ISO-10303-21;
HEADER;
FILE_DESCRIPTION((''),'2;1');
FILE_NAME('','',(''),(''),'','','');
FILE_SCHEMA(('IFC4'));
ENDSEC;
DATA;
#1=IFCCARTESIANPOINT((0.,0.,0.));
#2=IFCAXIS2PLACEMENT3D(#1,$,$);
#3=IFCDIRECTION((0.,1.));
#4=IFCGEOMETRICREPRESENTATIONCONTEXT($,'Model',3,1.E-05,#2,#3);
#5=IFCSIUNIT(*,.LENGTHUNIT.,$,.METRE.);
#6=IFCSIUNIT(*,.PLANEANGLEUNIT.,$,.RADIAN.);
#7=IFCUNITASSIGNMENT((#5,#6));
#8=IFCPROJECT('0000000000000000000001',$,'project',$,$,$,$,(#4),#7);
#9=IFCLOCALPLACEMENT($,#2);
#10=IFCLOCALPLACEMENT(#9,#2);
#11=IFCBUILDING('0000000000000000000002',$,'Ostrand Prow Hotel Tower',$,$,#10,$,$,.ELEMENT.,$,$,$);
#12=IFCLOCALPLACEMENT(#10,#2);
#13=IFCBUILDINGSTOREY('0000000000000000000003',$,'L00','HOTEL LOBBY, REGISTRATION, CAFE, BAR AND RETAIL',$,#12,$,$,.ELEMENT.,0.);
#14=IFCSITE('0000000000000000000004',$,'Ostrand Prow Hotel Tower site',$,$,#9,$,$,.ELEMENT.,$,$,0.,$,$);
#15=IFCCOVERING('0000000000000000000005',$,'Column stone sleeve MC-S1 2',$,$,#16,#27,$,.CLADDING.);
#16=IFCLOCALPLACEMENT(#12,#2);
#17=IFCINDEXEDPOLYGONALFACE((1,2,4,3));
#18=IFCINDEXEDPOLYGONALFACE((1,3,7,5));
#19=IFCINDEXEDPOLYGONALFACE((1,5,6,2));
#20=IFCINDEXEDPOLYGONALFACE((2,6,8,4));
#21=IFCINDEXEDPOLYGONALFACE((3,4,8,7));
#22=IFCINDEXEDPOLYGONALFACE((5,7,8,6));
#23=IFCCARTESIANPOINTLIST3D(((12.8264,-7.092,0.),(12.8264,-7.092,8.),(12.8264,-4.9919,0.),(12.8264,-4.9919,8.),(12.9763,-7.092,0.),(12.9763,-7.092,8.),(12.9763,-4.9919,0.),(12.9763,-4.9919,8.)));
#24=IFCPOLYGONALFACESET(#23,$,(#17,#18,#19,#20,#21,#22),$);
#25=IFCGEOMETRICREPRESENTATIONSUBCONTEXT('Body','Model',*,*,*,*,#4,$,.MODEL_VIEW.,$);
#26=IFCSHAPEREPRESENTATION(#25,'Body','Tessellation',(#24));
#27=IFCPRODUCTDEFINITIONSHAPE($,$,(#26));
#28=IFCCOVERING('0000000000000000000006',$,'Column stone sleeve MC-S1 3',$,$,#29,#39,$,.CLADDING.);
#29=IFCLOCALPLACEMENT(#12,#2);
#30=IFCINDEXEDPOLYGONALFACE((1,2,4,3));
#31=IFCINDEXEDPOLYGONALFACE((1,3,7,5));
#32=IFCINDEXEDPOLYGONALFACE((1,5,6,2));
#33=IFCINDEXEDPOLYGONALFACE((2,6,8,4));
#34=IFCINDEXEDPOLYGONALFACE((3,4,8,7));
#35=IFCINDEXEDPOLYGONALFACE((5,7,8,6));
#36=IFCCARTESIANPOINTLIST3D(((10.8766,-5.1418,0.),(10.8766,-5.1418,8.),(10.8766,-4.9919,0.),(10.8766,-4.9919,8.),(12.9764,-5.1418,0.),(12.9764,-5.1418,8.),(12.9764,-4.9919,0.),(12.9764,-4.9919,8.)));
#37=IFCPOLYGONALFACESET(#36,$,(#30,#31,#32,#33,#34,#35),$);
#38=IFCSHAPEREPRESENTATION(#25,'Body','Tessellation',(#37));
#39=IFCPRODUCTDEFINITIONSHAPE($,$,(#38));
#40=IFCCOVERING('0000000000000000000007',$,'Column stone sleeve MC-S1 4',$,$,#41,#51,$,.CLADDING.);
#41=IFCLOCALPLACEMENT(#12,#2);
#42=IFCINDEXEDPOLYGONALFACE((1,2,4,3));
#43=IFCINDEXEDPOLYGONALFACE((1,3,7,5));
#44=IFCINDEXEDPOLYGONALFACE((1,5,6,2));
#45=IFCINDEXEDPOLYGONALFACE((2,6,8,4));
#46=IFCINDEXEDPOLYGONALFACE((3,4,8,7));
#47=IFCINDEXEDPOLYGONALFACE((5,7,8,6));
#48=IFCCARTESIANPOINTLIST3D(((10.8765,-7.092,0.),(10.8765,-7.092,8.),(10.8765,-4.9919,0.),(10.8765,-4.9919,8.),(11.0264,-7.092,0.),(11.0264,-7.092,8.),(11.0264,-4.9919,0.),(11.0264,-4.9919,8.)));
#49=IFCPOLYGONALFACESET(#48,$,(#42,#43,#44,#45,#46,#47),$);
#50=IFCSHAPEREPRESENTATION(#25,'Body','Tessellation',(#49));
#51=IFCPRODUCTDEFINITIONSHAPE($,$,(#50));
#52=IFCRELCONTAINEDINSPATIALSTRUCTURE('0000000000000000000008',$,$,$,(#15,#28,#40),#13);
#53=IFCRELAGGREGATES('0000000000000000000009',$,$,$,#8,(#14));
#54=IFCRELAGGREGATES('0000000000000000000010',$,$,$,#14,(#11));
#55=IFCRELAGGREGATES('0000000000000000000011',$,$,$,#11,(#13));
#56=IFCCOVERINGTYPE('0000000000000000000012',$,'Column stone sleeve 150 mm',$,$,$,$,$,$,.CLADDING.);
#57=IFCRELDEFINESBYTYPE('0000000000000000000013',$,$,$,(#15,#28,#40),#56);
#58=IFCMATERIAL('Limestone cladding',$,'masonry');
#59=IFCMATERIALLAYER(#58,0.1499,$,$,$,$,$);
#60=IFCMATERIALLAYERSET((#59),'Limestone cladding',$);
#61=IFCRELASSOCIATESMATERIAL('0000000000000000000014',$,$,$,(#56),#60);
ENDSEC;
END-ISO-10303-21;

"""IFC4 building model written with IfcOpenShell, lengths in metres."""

from ifc_helpers import new_model, si_unit, direction, frame, frame_2d, origin, place, context, subcontext, project, spatial, rectangle, extrude, material, layer, layer_set, type_object, element, save


model = new_model("IFC4")

# Units and contexts
model_context = context("Model", 3, precision=1e-05, world=origin(), true_north=direction((0.0, 1.0)))
body_context = subcontext(model_context, "Body", "Model", "MODEL_VIEW")
ifc_project = project(units=[si_unit("LENGTHUNIT", "METRE"), si_unit("PLANEANGLEUNIT", "RADIAN")], contexts=[model_context])

# Site, building, storey
site_placement = place(None, origin())
site = spatial("IfcSite", under=ifc_project, at=site_placement, Name="Ostrand Prow Hotel Tower site", CompositionType="ELEMENT", RefElevation=0.0)
building_placement = place(site_placement, origin())
building = spatial("IfcBuilding", under=site, at=building_placement, Name="Ostrand Prow Hotel Tower", CompositionType="ELEMENT")
storey_placement = place(building_placement, origin())
storey = spatial("IfcBuildingStorey", under=building, at=storey_placement, Name="L00", Description="HOTEL LOBBY, REGISTRATION, CAFE, BAR AND RETAIL", CompositionType="ELEMENT", Elevation=0.0)

# Coverings
ifc_material_1 = material(Name="Limestone cladding", Category="masonry")
ifc_layer_1 = layer(ifc_material_1, 0.1499)
ifc_layer_set_1 = layer_set([ifc_layer_1], Name="Limestone cladding")
covering_type = type_object("IfcCoveringType", Name="Column stone sleeve 150 mm", PredefinedType="CLADDING", material=ifc_layer_set_1)
covering_1_placement = place(storey_placement, frame((12.9014, -7.092, 0.0), z_axis=(0.0, 0.0, 1.0), x_axis=(0.0, 1.0, 0.0)))
element("IfcCovering", 1, at=covering_1_placement, inside=storey, type_object=covering_type, Name="Column stone sleeve MC-S1 2", PredefinedType="CLADDING", context=body_context, shape_type="SweptSolid", body=[
    extrude(rectangle(XDim=2.1001, YDim=0.1499, at=frame_2d((1.05, 0.0))), origin(), (0.0, 0.0, 1.0), 8.0),
])
covering_2_placement = place(storey_placement, frame((12.9763, -5.0669, 0.0), z_axis=(0.0, 0.0, 1.0), x_axis=(-1.0, 0.0, 0.0)))
element("IfcCovering", 2, at=covering_2_placement, inside=storey, type_object=covering_type, Name="Column stone sleeve MC-S1 3", PredefinedType="CLADDING", context=body_context, shape_type="SweptSolid", body=[
    extrude(rectangle(XDim=2.0999, YDim=0.1499, at=frame_2d((1.0498, 0.0))), origin(), (0.0, 0.0, 1.0), 8.0),
])
covering_3_placement = place(storey_placement, frame((10.9514, -4.9919, 0.0), z_axis=(0.0, 0.0, 1.0), x_axis=(0.0, -1.0, 0.0)))
element("IfcCovering", 3, at=covering_3_placement, inside=storey, type_object=covering_type, Name="Column stone sleeve MC-S1 4", PredefinedType="CLADDING", context=body_context, shape_type="SweptSolid", body=[
    extrude(rectangle(XDim=2.1001, YDim=0.1499, at=frame_2d((1.05, 0.0))), origin(), (0.0, 0.0, 1.0), 8.0),
])

save(model, "model.ifc")
